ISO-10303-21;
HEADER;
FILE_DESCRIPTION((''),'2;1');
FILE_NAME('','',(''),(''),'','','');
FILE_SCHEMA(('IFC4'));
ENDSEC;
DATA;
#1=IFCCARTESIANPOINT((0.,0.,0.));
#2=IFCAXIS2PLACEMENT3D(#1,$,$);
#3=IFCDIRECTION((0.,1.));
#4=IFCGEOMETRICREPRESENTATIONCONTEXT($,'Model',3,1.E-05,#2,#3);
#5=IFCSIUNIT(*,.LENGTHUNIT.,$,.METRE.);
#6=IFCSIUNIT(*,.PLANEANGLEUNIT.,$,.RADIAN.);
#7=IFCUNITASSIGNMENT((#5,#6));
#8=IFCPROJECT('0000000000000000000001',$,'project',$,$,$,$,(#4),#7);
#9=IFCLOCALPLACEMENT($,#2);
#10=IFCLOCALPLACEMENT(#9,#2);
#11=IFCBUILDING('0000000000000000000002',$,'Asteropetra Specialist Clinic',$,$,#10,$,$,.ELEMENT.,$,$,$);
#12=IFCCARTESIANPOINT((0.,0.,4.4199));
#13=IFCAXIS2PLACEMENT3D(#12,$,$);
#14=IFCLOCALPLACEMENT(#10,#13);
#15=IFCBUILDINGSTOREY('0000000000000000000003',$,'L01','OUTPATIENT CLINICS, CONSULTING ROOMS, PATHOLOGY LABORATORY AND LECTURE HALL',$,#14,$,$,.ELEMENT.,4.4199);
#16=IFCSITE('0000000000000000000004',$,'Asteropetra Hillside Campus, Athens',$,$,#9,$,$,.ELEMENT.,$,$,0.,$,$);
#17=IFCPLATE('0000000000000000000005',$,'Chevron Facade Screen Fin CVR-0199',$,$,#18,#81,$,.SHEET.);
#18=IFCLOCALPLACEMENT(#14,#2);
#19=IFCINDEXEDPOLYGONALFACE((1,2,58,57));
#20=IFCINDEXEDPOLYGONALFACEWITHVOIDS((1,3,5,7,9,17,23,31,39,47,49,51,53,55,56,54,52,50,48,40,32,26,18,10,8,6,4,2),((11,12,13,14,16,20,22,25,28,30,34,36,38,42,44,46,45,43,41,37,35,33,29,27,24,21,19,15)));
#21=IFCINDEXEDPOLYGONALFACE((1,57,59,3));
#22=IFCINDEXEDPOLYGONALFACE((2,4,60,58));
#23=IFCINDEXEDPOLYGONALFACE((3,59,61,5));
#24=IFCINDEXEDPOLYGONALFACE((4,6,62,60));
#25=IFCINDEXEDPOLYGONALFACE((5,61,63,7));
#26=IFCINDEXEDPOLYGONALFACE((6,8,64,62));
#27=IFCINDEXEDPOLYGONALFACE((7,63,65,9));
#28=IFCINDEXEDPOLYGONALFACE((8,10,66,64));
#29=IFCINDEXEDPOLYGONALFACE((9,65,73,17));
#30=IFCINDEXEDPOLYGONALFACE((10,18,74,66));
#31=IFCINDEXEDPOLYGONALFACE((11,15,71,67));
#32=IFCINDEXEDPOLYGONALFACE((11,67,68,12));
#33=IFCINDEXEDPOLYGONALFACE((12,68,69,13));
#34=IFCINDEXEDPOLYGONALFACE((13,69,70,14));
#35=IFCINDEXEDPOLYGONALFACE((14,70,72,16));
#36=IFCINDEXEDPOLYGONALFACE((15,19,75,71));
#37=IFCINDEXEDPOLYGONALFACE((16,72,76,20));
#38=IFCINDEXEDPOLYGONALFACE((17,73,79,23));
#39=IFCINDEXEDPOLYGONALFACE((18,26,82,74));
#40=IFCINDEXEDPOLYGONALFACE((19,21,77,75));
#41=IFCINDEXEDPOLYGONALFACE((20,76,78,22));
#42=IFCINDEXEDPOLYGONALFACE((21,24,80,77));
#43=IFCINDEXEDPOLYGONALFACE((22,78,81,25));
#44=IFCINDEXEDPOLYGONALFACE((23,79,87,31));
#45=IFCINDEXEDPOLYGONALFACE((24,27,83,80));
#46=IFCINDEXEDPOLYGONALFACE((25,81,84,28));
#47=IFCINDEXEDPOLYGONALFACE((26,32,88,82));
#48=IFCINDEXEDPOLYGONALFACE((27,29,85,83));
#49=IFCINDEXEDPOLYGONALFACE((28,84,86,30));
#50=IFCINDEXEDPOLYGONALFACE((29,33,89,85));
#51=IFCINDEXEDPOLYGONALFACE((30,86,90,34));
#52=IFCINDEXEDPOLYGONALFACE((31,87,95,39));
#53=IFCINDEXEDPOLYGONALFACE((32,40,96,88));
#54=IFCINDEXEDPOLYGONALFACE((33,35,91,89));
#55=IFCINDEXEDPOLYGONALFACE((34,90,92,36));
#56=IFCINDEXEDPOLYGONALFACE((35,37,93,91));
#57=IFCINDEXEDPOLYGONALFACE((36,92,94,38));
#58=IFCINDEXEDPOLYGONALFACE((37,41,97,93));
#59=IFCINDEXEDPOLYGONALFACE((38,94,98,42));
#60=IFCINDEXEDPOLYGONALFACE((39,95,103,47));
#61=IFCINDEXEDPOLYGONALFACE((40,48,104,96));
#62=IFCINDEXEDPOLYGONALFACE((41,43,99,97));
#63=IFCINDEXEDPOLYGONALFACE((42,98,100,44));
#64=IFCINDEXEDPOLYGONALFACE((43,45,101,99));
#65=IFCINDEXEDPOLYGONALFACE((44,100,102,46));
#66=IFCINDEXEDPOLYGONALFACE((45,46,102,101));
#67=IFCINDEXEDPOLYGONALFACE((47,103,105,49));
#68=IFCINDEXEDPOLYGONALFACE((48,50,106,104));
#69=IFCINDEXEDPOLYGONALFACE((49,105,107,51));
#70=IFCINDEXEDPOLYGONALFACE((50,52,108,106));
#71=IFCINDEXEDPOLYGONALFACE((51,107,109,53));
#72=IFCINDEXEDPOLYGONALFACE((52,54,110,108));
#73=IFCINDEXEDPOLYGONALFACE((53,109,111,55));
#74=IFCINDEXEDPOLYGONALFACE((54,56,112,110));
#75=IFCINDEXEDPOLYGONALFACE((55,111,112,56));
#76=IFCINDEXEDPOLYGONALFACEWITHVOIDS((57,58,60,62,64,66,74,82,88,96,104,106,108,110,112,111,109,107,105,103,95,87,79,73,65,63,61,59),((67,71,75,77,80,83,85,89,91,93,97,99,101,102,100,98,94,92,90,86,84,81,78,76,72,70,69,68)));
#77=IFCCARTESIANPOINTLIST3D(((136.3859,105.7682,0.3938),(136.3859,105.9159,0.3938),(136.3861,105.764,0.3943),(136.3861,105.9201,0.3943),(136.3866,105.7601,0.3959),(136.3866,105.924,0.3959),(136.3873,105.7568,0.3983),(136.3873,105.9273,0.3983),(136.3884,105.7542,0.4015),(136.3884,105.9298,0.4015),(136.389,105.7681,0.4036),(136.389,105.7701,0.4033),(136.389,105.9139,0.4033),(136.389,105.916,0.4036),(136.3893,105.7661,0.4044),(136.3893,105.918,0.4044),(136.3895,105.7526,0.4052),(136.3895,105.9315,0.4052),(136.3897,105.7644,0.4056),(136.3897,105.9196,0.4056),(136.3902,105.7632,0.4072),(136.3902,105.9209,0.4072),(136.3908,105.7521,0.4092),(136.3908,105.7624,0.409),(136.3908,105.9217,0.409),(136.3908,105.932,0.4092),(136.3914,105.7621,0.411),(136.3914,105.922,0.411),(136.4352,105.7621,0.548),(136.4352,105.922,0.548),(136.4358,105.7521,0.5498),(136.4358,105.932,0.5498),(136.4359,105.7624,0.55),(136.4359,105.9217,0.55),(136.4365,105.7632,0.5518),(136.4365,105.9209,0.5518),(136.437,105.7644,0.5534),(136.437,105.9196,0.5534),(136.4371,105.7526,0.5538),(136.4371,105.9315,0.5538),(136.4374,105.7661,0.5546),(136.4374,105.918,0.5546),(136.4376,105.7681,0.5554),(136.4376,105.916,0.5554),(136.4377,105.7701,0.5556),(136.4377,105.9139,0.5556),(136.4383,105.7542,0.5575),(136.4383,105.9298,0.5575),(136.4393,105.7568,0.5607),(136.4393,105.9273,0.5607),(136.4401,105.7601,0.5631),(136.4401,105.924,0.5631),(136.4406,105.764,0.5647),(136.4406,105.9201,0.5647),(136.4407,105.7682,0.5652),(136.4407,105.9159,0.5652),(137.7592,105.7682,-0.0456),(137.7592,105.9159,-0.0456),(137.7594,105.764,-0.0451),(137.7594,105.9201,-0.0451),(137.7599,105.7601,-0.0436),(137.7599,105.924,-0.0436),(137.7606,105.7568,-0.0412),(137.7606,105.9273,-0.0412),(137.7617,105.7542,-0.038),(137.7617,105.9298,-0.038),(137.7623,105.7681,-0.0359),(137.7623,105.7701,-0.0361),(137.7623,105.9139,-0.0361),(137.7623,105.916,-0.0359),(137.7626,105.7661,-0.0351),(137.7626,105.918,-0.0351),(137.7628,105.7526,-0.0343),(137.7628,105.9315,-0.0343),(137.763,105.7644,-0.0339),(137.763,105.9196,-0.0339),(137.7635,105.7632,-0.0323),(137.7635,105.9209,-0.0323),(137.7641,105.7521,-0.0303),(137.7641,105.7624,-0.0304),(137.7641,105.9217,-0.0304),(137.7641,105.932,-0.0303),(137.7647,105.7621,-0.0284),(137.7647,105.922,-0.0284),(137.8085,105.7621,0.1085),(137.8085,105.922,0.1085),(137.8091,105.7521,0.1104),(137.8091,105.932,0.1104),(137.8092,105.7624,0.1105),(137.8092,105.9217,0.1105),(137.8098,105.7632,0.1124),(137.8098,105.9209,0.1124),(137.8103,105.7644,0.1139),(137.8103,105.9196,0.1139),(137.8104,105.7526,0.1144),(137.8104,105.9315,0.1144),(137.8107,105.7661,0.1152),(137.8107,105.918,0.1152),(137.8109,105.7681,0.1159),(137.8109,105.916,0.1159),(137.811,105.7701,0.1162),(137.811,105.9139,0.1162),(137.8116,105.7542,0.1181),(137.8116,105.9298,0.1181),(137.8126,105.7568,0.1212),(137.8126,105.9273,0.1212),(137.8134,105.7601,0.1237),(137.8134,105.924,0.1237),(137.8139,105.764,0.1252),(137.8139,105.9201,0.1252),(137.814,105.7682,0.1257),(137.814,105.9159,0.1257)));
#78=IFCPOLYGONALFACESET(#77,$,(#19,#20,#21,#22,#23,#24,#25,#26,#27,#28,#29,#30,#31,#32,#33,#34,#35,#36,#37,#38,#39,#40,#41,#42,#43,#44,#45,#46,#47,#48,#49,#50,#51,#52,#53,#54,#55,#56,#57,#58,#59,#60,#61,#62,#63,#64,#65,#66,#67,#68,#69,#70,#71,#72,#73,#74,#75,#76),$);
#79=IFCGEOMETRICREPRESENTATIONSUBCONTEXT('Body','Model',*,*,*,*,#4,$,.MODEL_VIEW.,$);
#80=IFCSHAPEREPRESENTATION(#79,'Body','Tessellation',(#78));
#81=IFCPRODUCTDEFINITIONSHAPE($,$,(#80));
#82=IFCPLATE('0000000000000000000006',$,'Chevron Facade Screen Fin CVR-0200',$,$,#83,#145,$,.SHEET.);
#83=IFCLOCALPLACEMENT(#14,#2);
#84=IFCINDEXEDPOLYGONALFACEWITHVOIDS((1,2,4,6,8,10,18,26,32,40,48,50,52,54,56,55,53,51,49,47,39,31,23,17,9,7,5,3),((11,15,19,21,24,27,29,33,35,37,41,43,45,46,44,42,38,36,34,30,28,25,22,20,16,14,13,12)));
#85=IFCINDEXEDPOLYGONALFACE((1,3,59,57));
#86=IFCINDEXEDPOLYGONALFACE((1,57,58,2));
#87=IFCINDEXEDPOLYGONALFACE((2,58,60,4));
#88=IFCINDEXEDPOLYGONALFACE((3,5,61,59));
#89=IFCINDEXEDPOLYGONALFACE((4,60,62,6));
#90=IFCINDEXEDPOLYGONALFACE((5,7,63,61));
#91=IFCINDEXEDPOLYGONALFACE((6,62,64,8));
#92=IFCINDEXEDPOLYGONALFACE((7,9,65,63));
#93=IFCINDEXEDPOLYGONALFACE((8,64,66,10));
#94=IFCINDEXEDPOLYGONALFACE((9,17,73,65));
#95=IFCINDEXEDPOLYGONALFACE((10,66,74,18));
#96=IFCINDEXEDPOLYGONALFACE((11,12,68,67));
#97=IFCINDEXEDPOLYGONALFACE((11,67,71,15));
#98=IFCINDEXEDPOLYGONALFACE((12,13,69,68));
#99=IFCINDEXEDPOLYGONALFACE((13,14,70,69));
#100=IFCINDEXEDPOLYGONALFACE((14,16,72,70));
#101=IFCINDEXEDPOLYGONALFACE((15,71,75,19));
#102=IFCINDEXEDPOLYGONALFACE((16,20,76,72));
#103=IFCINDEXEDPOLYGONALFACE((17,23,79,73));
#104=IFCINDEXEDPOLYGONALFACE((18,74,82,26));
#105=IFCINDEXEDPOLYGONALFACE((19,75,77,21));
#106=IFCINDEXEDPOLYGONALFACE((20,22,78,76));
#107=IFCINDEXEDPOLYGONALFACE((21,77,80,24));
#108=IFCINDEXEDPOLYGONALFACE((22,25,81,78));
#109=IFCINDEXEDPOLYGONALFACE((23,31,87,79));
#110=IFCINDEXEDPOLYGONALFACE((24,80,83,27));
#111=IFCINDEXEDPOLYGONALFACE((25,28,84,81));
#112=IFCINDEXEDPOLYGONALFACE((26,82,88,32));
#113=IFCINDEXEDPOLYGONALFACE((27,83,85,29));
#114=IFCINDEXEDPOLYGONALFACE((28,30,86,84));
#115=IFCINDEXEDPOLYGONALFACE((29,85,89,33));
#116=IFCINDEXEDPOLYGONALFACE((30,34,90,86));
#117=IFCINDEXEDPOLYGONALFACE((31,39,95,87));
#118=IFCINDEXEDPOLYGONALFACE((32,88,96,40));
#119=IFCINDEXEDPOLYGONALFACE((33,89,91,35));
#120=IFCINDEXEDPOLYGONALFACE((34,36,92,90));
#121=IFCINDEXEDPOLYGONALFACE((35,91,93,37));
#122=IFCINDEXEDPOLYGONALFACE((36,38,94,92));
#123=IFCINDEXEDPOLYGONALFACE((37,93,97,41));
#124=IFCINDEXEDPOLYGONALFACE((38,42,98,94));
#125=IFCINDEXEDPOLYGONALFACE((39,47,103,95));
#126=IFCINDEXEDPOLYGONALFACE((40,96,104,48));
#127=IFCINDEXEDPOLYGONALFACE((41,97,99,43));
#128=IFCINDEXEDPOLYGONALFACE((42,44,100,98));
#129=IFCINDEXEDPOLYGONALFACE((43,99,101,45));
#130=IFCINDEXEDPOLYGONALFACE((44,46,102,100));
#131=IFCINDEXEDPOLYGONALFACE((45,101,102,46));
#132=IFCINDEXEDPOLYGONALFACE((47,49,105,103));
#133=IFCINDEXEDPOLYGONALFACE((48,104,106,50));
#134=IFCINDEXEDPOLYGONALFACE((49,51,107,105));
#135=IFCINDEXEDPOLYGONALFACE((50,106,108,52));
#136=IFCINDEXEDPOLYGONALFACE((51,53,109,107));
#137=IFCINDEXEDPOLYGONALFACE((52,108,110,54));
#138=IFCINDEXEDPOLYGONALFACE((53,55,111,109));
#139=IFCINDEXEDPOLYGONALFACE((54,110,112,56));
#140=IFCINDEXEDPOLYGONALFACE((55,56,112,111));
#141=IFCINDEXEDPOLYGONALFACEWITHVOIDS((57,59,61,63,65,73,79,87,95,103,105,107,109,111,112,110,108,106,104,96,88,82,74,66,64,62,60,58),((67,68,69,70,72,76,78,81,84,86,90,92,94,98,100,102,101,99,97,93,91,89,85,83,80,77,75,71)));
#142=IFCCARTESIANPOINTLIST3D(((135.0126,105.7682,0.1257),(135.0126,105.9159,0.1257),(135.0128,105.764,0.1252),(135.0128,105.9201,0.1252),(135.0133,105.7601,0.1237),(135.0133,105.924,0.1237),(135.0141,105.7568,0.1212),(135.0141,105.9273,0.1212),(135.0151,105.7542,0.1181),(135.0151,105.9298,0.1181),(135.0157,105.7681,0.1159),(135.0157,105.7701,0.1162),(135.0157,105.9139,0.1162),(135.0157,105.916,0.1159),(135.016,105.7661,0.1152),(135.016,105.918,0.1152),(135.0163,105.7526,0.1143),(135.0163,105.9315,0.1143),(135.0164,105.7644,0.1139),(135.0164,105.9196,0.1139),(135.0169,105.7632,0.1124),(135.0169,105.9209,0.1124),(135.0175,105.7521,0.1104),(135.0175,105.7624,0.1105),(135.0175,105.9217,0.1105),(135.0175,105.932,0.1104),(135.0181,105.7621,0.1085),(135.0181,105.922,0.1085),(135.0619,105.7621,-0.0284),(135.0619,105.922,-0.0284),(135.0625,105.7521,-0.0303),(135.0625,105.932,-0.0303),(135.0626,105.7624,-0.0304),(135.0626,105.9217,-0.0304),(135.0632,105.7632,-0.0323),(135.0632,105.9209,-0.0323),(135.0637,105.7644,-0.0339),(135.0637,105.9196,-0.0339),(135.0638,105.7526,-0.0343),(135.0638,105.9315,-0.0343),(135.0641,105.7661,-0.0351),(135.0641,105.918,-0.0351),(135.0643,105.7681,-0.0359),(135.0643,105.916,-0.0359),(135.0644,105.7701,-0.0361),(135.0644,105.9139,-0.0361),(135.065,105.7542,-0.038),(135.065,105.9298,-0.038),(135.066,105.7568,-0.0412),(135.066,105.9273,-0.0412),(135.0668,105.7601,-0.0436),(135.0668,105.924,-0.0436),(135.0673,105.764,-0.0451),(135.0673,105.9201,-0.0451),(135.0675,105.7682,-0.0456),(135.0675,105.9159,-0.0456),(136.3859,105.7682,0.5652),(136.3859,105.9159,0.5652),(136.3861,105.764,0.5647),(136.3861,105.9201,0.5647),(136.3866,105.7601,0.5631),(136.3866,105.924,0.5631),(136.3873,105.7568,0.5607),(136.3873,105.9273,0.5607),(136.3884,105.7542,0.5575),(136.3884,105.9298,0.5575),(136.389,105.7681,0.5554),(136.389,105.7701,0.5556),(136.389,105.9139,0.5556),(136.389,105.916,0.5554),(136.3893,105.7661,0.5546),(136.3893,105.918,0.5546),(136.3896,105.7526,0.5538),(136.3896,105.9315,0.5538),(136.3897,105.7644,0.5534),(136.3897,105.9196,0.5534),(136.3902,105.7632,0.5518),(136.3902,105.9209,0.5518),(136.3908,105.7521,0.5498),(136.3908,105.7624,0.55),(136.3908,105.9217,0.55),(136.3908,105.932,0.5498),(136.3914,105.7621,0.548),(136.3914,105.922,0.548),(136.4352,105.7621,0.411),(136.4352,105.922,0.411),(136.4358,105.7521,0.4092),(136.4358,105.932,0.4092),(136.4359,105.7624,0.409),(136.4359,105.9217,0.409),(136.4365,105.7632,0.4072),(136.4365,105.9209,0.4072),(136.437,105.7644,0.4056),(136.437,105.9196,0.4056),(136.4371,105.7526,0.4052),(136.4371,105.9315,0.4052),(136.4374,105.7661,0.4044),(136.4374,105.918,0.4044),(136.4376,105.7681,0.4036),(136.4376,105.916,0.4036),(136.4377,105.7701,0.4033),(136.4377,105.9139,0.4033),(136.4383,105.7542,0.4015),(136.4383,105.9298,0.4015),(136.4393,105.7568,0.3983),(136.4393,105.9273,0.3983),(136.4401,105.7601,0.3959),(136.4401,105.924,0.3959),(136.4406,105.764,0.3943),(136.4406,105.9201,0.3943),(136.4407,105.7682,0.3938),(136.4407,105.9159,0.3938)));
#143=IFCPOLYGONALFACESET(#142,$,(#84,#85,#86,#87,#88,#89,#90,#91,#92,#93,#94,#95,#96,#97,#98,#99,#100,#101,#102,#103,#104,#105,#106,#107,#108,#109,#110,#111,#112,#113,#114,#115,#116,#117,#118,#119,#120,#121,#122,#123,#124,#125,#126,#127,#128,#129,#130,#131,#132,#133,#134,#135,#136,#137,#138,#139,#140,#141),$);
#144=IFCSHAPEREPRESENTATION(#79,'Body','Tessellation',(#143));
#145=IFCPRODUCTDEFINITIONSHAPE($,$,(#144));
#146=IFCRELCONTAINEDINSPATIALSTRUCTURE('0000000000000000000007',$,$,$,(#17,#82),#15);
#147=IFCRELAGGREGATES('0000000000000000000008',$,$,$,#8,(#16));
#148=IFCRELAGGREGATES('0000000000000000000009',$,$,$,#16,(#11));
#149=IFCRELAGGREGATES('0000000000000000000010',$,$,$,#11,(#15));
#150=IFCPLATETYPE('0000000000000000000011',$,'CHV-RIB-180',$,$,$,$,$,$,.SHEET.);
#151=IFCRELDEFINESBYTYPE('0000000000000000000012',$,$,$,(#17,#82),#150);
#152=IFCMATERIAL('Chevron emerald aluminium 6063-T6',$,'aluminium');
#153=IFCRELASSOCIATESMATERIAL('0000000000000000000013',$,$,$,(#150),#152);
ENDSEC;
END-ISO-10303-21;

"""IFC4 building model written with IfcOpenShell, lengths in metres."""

from ifc_helpers import new_model, si_unit, direction, frame, origin, origin_2d, place, context, subcontext, project, spatial, hollow_rectangle, extrude, material, material_profile, profile_set, type_object, element, save


model = new_model("IFC4")

# Units and contexts
model_context = context("Model", 3, precision=1e-05, world=origin(), true_north=direction((0.0, 1.0)))
body_context = subcontext(model_context, "Body", "Model", "MODEL_VIEW")
ifc_project = project(units=[si_unit("LENGTHUNIT", "METRE"), si_unit("PLANEANGLEUNIT", "RADIAN")], contexts=[model_context])

# Site, building, storey
site_placement = place(None, origin())
site = spatial("IfcSite", under=ifc_project, at=site_placement, Name="Asteropetra Hillside Campus, Athens", CompositionType="ELEMENT", RefElevation=0.0)
building_placement = place(site_placement, origin())
building = spatial("IfcBuilding", under=site, at=building_placement, Name="Asteropetra Specialist Clinic", CompositionType="ELEMENT")
storey_placement = place(building_placement, frame((0.0, 0.0, 4.4199)))
storey = spatial("IfcBuildingStorey", under=building, at=storey_placement, Name="L01", Description="OUTPATIENT CLINICS, CONSULTING ROOMS, PATHOLOGY LABORATORY AND LECTURE HALL", CompositionType="ELEMENT", Elevation=4.4199)

# Plates
ifc_material_1 = material(Name="Chevron emerald aluminium 6063-T6", Category="aluminium")
ifc_material_profile_1 = material_profile(ifc_material_1, hollow_rectangle(XDim=0.1799, YDim=0.1799, WallThickness=0.01, InnerFilletRadius=0.0081, OuterFilletRadius=0.0161, at=origin_2d()), Name="SHS 180x180x10.0")
ifc_profile_set_1 = profile_set([ifc_material_profile_1], Name="Chevron emerald aluminium 6063-T6")
plate_type = type_object("IfcPlateType", Name="CHV-RIB-180", PredefinedType="SHEET", material=ifc_profile_set_1)
for number, where, z_axis, x_axis, name in (
    (1, (137.7866, 105.842, 0.04), (-0.952424, 0.0, 0.304776), (0.0, -1.0, 0.0), "Chevron Facade Screen Fin CVR-0199"),
    (2, (136.4133, 105.842, 0.4795), (-0.952424, 0.0, -0.304776), (0.0, -1.0, 0.0), "Chevron Facade Screen Fin CVR-0200"),
):
    element("IfcPlate", number, at=place(storey_placement, frame(where, z_axis=z_axis, x_axis=x_axis)), inside=storey, type_object=plate_type, Name=name, PredefinedType="SHEET", context=body_context, shape_type="SweptSolid", body=[
        extrude(hollow_rectangle(XDim=0.1799, YDim=0.1799, WallThickness=0.01, InnerFilletRadius=0.0081, OuterFilletRadius=0.0161, at=origin_2d()), origin(), (0.0, 0.0, 1.0), 1.4419),
    ])

save(model, "model.ifc")
